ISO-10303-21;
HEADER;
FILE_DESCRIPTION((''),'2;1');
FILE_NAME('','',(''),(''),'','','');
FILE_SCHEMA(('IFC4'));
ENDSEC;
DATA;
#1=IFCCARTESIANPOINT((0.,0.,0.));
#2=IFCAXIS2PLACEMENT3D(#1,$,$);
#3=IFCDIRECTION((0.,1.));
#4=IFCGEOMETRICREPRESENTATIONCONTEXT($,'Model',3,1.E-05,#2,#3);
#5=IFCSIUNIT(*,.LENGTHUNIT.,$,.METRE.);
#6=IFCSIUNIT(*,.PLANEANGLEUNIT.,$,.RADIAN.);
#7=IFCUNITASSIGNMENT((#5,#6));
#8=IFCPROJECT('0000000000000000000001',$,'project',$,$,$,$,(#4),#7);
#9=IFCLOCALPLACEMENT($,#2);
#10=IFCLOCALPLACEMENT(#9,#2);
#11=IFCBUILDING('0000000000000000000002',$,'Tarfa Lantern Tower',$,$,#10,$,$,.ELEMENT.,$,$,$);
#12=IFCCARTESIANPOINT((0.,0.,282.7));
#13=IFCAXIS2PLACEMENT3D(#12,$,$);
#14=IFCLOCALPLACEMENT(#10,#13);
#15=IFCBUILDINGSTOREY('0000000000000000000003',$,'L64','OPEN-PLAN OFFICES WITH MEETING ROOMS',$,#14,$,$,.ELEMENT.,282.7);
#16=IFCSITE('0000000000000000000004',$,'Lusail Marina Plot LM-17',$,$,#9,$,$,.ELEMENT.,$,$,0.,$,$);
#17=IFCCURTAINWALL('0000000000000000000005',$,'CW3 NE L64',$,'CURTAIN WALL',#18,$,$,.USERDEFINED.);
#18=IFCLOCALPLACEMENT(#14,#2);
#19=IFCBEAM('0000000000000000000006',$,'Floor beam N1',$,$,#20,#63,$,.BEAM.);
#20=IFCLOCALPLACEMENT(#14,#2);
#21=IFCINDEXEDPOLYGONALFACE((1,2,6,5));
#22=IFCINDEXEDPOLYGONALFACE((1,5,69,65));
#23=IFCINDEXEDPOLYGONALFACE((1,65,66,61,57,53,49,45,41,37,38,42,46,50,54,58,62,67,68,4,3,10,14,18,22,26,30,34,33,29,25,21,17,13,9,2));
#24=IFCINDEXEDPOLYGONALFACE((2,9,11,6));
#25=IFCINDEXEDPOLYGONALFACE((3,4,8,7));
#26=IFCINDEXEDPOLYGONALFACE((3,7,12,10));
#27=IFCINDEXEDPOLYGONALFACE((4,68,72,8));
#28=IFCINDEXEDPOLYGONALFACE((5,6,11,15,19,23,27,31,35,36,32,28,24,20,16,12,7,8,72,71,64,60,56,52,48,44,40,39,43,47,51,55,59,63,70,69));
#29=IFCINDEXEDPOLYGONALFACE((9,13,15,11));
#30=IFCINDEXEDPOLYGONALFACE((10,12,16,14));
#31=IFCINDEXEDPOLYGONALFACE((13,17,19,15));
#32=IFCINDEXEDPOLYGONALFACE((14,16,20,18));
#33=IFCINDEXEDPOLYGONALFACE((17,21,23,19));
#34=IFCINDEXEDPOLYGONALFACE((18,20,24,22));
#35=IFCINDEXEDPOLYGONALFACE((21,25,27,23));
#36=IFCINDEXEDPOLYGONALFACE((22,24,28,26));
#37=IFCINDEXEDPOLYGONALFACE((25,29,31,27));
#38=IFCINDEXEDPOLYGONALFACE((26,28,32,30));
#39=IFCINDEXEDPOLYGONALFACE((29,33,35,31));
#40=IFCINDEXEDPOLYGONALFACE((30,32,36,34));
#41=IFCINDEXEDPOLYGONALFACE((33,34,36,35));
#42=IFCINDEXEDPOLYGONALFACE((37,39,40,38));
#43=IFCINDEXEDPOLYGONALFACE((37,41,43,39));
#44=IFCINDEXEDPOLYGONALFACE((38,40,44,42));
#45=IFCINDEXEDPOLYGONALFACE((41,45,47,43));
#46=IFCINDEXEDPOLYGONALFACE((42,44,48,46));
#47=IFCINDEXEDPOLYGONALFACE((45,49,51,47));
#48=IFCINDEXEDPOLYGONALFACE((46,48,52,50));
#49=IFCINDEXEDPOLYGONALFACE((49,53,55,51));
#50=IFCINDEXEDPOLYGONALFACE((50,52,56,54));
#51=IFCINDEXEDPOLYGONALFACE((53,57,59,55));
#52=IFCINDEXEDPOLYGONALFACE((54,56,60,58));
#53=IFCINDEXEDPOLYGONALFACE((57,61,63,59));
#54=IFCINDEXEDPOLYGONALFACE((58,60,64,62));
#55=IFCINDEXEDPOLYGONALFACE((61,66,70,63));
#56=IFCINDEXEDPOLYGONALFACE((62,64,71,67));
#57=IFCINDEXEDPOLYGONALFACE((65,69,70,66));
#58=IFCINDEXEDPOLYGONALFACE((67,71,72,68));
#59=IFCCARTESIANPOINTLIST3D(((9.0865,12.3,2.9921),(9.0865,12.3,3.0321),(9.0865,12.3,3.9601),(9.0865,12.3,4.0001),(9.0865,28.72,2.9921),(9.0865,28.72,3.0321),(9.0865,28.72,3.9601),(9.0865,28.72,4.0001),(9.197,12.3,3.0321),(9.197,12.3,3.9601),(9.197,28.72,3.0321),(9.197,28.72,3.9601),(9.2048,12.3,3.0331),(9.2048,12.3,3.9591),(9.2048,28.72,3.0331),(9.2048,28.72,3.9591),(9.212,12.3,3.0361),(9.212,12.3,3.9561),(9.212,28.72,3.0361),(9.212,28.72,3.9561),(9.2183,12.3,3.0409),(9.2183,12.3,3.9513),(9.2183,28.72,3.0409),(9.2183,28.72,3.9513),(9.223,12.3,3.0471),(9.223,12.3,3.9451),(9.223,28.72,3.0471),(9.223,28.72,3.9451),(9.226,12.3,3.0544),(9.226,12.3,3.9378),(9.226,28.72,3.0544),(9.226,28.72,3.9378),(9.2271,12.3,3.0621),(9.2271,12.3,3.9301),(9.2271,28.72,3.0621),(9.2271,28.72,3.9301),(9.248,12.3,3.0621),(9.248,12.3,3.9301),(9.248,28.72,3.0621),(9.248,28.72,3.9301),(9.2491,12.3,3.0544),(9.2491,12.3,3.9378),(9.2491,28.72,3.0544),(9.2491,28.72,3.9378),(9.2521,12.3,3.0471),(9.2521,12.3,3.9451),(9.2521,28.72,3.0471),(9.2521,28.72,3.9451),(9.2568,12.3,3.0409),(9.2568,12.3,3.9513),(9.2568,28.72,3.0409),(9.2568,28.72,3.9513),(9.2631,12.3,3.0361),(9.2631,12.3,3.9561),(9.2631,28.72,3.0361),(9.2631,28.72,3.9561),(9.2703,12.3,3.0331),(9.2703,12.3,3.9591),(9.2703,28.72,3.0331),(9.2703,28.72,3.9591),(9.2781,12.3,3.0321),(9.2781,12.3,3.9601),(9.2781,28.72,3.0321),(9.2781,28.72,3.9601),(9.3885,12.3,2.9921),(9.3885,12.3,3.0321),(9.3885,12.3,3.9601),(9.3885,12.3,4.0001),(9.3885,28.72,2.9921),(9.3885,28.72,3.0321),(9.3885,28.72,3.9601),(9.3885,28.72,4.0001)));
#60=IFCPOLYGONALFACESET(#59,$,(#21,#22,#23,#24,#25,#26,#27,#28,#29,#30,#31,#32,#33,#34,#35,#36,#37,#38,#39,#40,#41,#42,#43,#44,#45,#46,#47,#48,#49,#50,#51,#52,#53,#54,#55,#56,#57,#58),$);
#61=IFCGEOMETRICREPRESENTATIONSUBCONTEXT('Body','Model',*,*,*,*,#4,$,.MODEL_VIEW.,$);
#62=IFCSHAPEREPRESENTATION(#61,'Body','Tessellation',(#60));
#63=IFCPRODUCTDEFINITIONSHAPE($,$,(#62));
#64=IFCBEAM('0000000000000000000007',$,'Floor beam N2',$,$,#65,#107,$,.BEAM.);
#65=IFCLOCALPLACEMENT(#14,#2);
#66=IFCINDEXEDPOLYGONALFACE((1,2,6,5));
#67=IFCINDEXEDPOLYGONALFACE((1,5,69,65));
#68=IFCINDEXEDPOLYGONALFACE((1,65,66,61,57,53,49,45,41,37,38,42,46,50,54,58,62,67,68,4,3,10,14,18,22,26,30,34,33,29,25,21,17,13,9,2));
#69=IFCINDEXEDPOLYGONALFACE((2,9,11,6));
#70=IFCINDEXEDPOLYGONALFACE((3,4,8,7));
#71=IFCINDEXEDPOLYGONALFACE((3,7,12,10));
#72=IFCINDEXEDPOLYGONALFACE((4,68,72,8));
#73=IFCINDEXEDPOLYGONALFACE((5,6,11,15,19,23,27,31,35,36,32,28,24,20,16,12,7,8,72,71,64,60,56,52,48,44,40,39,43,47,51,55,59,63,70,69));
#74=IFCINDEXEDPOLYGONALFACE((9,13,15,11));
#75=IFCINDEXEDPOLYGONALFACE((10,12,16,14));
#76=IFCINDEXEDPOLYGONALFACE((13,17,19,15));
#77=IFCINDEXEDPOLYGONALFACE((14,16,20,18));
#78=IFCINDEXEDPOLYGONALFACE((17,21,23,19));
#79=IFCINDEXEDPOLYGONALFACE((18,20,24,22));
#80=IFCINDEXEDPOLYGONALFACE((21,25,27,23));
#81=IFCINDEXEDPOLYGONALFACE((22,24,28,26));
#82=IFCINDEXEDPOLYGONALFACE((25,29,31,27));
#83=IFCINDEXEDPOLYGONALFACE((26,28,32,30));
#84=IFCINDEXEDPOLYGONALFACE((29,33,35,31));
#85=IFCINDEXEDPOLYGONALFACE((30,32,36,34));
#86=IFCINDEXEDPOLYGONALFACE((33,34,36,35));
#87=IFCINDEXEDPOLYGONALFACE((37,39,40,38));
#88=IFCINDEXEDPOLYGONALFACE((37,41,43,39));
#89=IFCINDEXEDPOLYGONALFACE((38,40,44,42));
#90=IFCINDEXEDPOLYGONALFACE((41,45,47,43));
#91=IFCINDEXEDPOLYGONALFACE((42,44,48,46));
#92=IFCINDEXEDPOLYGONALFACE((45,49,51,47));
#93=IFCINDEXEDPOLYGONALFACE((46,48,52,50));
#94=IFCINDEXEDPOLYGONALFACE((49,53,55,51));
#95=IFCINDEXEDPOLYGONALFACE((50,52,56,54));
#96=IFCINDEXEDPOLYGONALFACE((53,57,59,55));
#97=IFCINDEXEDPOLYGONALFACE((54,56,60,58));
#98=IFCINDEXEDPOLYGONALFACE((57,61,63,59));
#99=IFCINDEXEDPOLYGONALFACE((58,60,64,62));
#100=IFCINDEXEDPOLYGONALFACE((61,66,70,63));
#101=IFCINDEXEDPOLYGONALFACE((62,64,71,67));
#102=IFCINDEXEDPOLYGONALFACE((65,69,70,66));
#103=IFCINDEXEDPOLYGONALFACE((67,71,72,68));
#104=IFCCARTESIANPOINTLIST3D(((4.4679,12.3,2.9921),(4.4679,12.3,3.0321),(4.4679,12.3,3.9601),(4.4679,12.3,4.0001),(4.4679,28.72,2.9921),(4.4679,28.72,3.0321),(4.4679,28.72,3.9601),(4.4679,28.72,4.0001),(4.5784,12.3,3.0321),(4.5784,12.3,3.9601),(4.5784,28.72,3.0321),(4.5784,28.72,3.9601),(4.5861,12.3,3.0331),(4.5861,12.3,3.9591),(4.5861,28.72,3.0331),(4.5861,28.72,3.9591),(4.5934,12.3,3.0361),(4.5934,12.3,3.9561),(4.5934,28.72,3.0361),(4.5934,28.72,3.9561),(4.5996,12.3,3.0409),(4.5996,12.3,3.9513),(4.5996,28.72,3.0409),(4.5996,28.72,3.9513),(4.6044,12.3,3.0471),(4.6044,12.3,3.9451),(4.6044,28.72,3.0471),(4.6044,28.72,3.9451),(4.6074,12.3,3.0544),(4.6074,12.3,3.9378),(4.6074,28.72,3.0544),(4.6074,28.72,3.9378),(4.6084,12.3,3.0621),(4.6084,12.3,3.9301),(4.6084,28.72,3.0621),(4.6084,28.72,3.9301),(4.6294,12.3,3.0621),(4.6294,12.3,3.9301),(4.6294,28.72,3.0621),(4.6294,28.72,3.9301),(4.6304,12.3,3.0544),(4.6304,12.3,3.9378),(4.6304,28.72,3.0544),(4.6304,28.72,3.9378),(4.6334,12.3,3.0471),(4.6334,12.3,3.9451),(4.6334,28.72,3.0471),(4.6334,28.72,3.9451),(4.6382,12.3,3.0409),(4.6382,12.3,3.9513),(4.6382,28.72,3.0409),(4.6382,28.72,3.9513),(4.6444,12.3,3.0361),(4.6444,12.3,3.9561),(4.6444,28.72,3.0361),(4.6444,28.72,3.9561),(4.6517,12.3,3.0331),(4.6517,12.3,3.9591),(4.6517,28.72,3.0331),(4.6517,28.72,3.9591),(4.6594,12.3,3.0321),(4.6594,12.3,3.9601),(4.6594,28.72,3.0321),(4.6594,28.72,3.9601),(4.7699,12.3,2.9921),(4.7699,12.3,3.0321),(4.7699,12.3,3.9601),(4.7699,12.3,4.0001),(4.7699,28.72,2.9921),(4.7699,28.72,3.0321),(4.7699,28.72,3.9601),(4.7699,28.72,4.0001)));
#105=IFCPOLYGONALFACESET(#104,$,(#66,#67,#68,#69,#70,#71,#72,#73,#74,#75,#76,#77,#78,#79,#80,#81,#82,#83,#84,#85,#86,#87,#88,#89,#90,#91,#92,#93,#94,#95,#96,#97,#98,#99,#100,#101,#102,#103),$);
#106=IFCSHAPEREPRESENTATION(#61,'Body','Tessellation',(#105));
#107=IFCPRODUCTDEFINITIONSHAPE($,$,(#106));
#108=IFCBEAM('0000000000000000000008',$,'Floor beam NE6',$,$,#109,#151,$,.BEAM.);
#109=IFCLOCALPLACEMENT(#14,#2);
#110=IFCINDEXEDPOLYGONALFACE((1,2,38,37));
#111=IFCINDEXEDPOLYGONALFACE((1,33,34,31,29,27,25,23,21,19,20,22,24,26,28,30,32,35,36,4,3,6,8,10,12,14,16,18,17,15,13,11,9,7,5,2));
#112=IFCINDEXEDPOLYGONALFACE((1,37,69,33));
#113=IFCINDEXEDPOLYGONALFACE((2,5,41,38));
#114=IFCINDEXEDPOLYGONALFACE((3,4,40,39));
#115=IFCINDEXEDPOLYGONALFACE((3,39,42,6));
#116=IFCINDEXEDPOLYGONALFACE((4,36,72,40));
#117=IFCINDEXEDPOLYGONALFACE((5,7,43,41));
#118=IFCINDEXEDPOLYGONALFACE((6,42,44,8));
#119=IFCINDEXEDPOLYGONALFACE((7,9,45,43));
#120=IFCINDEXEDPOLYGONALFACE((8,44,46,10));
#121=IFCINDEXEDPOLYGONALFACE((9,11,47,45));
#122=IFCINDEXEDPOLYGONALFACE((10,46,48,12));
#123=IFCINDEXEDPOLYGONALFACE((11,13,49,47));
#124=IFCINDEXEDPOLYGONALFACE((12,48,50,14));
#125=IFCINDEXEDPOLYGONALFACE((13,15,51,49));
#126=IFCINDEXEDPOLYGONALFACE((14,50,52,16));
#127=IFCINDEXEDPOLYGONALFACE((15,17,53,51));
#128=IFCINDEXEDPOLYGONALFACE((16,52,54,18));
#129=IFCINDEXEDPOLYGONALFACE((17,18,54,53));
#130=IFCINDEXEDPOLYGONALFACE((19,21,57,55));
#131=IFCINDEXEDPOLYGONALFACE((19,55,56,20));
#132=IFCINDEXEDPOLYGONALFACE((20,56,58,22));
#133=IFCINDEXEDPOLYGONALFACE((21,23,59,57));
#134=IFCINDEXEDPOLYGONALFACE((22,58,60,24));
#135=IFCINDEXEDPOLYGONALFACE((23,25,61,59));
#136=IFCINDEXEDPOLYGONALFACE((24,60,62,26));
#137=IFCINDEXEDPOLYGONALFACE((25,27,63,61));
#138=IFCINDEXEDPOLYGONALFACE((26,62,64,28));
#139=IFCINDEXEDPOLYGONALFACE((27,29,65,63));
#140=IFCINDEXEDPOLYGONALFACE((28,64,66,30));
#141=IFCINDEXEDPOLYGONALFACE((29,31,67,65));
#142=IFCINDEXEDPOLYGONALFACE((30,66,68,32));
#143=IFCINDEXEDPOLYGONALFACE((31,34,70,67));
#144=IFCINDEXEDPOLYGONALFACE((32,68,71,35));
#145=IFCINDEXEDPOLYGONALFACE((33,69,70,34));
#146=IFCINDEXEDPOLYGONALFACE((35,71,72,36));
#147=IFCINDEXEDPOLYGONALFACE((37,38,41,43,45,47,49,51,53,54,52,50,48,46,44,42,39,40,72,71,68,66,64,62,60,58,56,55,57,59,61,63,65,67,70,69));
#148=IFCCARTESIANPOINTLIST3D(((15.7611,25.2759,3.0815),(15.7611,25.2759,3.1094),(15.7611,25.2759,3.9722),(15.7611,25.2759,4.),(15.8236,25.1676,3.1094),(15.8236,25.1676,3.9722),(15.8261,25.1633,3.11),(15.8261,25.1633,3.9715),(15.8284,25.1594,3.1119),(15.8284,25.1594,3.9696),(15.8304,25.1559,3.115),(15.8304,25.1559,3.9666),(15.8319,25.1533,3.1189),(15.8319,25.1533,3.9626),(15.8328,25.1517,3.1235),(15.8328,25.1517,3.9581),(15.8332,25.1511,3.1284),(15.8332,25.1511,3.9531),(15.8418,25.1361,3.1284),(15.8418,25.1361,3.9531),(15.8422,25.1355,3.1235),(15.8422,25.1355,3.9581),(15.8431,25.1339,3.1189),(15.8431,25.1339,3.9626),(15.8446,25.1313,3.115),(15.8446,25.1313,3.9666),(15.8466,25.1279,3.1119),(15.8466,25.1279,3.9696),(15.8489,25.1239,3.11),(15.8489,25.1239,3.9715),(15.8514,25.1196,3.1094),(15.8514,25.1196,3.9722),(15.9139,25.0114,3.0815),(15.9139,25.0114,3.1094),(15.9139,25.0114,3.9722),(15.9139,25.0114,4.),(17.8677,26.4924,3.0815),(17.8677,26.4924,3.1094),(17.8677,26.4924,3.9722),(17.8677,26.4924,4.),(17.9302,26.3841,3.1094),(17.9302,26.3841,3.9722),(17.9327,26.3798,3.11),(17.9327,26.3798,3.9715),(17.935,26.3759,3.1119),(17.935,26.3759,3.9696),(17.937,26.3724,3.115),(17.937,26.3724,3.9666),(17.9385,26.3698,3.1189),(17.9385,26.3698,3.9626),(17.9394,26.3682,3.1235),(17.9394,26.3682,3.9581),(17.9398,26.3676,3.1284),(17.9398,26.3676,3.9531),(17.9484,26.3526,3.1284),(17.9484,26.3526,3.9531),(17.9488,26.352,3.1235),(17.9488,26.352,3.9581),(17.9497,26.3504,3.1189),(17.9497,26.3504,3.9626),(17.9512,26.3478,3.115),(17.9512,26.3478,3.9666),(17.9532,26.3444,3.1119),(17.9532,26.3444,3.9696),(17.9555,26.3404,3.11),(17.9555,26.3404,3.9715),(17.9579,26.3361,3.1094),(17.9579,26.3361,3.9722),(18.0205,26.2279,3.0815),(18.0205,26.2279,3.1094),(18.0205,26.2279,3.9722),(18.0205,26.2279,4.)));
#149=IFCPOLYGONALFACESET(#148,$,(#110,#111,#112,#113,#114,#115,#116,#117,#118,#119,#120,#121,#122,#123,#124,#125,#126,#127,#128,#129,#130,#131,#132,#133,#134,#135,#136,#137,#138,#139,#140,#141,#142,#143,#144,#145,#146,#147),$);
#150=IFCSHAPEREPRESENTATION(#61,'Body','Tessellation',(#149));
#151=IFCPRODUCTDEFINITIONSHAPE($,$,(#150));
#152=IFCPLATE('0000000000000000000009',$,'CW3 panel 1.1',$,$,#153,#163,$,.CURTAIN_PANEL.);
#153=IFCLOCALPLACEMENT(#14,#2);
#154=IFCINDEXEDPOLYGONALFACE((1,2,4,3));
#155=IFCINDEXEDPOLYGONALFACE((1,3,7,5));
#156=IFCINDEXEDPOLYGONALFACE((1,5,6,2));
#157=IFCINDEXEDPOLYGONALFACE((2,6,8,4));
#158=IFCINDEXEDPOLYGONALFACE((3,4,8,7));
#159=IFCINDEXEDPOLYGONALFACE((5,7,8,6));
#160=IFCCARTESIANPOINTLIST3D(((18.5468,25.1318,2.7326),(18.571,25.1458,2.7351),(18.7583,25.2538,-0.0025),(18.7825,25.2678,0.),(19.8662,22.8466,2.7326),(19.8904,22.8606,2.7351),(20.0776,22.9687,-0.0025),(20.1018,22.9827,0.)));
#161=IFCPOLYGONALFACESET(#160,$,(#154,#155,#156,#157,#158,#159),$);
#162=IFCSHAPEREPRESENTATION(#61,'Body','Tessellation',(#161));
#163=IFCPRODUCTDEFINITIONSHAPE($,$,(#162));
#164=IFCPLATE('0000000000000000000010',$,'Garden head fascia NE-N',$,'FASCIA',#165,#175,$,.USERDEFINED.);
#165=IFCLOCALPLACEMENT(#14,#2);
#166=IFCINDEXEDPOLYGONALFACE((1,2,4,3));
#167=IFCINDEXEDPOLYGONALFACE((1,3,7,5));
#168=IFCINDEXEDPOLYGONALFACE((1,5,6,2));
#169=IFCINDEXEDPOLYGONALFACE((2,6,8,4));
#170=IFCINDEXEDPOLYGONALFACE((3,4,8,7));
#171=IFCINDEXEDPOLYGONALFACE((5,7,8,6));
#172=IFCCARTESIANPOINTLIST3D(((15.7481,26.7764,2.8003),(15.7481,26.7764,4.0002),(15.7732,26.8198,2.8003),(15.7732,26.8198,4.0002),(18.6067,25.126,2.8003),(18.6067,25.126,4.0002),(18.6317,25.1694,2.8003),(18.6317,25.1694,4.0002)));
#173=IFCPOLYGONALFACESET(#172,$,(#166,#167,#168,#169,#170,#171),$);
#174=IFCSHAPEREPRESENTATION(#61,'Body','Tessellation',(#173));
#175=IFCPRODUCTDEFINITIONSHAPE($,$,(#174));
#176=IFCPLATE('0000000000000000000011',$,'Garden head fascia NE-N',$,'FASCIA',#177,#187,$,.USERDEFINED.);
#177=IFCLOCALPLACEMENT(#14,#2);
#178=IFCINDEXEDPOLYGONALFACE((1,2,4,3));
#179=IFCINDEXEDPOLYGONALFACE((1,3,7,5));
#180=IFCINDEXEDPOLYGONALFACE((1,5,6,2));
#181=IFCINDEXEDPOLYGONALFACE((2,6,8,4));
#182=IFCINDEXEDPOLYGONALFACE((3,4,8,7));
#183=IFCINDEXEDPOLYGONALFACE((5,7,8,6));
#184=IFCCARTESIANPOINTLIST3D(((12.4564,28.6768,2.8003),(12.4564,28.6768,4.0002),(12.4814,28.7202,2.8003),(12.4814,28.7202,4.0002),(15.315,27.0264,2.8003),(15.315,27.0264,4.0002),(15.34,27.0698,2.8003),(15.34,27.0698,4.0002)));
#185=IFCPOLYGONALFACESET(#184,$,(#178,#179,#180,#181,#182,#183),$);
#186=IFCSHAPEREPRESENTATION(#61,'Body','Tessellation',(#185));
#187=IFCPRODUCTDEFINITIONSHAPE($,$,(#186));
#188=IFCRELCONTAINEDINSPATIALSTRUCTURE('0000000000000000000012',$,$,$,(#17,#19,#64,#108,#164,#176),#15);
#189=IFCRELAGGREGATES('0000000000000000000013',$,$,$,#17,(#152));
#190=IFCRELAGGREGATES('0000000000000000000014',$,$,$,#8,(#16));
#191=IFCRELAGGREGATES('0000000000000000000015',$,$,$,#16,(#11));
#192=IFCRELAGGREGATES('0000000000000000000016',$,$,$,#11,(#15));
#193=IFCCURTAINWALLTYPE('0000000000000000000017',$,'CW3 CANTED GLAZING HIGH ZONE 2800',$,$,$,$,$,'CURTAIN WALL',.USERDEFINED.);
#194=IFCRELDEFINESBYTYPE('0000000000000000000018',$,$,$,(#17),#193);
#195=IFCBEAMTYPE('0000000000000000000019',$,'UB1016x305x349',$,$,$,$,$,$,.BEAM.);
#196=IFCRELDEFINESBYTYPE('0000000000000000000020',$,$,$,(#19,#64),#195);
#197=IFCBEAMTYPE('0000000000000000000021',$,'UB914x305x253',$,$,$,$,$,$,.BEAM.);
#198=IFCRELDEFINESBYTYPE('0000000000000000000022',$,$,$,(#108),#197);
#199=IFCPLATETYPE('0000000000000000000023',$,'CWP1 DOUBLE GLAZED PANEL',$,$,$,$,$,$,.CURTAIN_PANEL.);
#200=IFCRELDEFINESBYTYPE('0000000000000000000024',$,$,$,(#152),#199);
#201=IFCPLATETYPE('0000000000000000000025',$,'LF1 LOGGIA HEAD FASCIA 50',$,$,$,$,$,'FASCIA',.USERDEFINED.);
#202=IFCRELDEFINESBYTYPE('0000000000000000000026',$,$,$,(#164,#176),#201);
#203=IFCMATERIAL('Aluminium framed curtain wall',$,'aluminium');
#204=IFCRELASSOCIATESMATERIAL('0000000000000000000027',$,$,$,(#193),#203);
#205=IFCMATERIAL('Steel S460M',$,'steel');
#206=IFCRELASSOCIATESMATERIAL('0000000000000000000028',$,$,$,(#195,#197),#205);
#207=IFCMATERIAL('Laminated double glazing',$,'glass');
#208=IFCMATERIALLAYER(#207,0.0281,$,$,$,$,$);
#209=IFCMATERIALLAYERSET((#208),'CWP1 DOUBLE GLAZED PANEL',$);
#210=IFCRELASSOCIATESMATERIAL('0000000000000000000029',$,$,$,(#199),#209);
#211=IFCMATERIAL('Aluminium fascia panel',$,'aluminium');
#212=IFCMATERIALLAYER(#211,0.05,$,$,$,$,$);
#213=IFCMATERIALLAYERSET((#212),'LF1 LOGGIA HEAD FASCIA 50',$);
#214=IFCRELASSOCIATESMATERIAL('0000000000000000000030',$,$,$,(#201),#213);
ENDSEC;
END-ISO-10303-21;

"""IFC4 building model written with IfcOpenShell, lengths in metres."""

from ifc_helpers import new_model, si_unit, direction, frame, origin, origin_2d, place, context, subcontext, project, spatial, polyline, rectangle, i_section, outline, extrude, material, layer, layer_set, material_profile, profile_set, type_object, element, aggregate, save


model = new_model("IFC4")

# Units and contexts
model_context = context("Model", 3, precision=1e-05, world=origin(), true_north=direction((0.0, 1.0)))
body_context = subcontext(model_context, "Body", "Model", "MODEL_VIEW")
ifc_project = project(units=[si_unit("LENGTHUNIT", "METRE"), si_unit("PLANEANGLEUNIT", "RADIAN")], contexts=[model_context])

# Site, building, storey
site_placement = place(None, origin())
site = spatial("IfcSite", under=ifc_project, at=site_placement, Name="Lusail Marina Plot LM-17", CompositionType="ELEMENT", RefElevation=0.0)
building_placement = place(site_placement, origin())
building = spatial("IfcBuilding", under=site, at=building_placement, Name="Tarfa Lantern Tower", CompositionType="ELEMENT")
storey_placement = place(building_placement, frame((0.0, 0.0, 282.7)))
storey = spatial("IfcBuildingStorey", under=building, at=storey_placement, Name="L64", Description="OPEN-PLAN OFFICES WITH MEETING ROOMS", CompositionType="ELEMENT", Elevation=282.7)

# Curtain wall
ifc_material_1 = material(Name="Aluminium framed curtain wall", Category="aluminium")
curtain_wall_type = type_object("IfcCurtainWallType", Name="CW3 CANTED GLAZING HIGH ZONE 2800", ElementType="CURTAIN WALL", PredefinedType="USERDEFINED", material=ifc_material_1)
curtain_wall_placement = place(storey_placement, origin())
curtain_wall = element("IfcCurtainWall", 1, at=curtain_wall_placement, inside=storey, type_object=curtain_wall_type, Name="CW3 NE L64", ObjectType="CURTAIN WALL", PredefinedType="USERDEFINED")

# Beams
ifc_material_2 = material(Name="Steel S460M", Category="steel")
ifc_material_profile_1 = material_profile(ifc_material_2, i_section(OverallWidth=0.302, OverallDepth=1.0081, WebThickness=0.021, FlangeThickness=0.04, FilletRadius=0.03, at=origin_2d()), Name="UB1016x305x349")
ifc_profile_set_1 = profile_set([ifc_material_profile_1], Name="Steel S460M")
beam_type_1 = type_object("IfcBeamType", Name="UB1016x305x349", PredefinedType="BEAM", material=ifc_profile_set_1)
for number, where, z_axis, x_axis, name in (
    (2, (9.2375, 28.72, 3.4961), (0.0, -1.0, 0.0), (1.0, 0.0, 0.0), "Floor beam N1"),
    (3, (4.6189, 28.72, 3.4961), (0.0, -1.0, 0.0), (1.0, 0.0, 0.0), "Floor beam N2"),
):
    element("IfcBeam", number, at=place(storey_placement, frame(where, z_axis=z_axis, x_axis=x_axis)), inside=storey, type_object=beam_type_1, Name=name, PredefinedType="BEAM", context=body_context, shape_type="SweptSolid", body=[
        extrude(i_section(OverallWidth=0.302, OverallDepth=1.0081, WebThickness=0.021, FlangeThickness=0.04, FilletRadius=0.03, at=origin_2d()), origin(), (0.0, 0.0, 1.0), 16.4199),
    ])
ifc_material_profile_2 = material_profile(ifc_material_2, i_section(OverallWidth=0.3054, OverallDepth=0.9185, WebThickness=0.0173, FlangeThickness=0.0278, FilletRadius=0.019, at=origin_2d()), Name="UB914x305x253")
ifc_profile_set_2 = profile_set([ifc_material_profile_2], Name="Steel S460M")
beam_type_2 = type_object("IfcBeamType", Name="UB914x305x253", PredefinedType="BEAM", material=ifc_profile_set_2)
beam_1_placement = place(storey_placement, frame((17.9441, 26.3601, 3.5408), z_axis=(-0.86598, -0.500079, 0.0), x_axis=(0.500079, -0.86598, 0.0)))
element("IfcBeam", 4, at=beam_1_placement, inside=storey, type_object=beam_type_2, Name="Floor beam NE6", PredefinedType="BEAM", context=body_context, shape_type="SweptSolid", body=[
    extrude(i_section(OverallWidth=0.3054, OverallDepth=0.9185, WebThickness=0.0173, FlangeThickness=0.0278, FilletRadius=0.019, at=origin_2d()), origin(), (0.0, 0.0, 1.0), 2.4326),
])

# Plate
ifc_material_3 = material(Name="Laminated double glazing", Category="glass")
ifc_layer_1 = layer(ifc_material_3, 0.0281)
ifc_layer_set_1 = layer_set([ifc_layer_1], Name="CWP1 DOUBLE GLAZED PANEL")
plate_type_1 = type_object("IfcPlateType", Name="CWP1 DOUBLE GLAZED PANEL", PredefinedType="CURTAIN_PANEL", material=ifc_layer_set_1)
plate_1_placement = place(storey_placement, frame((20.1018, 22.9827, 0.0), z_axis=(0.862596, 0.49802, 0.088906), x_axis=(-0.5, 0.866025, 0.0)))
plate_1 = element("IfcPlate", 5, at=plate_1_placement, type_object=plate_type_1, Name="CW3 panel 1.1", PredefinedType="CURTAIN_PANEL", context=body_context, shape_type="SweptSolid", body=[
    extrude(outline(polyline([(0.0, 0.0), (2.6387, 0.0), (2.6387, 2.746), (0.0, 2.746), (0.0, 0.0)])), origin(), (0.0, 0.0, -1.0), 0.0281),
])
aggregate(curtain_wall, [plate_1])

# Plates
ifc_material_4 = material(Name="Aluminium fascia panel", Category="aluminium")
ifc_layer_2 = layer(ifc_material_4, 0.05)
ifc_layer_set_2 = layer_set([ifc_layer_2], Name="LF1 LOGGIA HEAD FASCIA 50")
plate_type_2 = type_object("IfcPlateType", Name="LF1 LOGGIA HEAD FASCIA 50", ElementType="FASCIA", PredefinedType="USERDEFINED", material=ifc_layer_set_2)
for number, where, z_axis, x_axis, name in (
    (6, (17.1899, 25.9729, 2.8003), (0.0, 0.0, 1.0), (-0.866025, 0.5, 0.0), "Garden head fascia NE-N"),
    (7, (13.8982, 27.8733, 2.8003), (0.0, 0.0, 1.0), (-0.866025, 0.5, 0.0), "Garden head fascia NE-N"),
):
    element("IfcPlate", number, at=place(storey_placement, frame(where, z_axis=z_axis, x_axis=x_axis)), inside=storey, type_object=plate_type_2, Name=name, ObjectType="FASCIA", PredefinedType="USERDEFINED", context=body_context, shape_type="SweptSolid", body=[
        extrude(rectangle(XDim=3.3008, YDim=0.05, at=origin_2d()), origin(), (0.0, 0.0, 1.0), 1.2),
    ])

save(model, "model.ifc")
